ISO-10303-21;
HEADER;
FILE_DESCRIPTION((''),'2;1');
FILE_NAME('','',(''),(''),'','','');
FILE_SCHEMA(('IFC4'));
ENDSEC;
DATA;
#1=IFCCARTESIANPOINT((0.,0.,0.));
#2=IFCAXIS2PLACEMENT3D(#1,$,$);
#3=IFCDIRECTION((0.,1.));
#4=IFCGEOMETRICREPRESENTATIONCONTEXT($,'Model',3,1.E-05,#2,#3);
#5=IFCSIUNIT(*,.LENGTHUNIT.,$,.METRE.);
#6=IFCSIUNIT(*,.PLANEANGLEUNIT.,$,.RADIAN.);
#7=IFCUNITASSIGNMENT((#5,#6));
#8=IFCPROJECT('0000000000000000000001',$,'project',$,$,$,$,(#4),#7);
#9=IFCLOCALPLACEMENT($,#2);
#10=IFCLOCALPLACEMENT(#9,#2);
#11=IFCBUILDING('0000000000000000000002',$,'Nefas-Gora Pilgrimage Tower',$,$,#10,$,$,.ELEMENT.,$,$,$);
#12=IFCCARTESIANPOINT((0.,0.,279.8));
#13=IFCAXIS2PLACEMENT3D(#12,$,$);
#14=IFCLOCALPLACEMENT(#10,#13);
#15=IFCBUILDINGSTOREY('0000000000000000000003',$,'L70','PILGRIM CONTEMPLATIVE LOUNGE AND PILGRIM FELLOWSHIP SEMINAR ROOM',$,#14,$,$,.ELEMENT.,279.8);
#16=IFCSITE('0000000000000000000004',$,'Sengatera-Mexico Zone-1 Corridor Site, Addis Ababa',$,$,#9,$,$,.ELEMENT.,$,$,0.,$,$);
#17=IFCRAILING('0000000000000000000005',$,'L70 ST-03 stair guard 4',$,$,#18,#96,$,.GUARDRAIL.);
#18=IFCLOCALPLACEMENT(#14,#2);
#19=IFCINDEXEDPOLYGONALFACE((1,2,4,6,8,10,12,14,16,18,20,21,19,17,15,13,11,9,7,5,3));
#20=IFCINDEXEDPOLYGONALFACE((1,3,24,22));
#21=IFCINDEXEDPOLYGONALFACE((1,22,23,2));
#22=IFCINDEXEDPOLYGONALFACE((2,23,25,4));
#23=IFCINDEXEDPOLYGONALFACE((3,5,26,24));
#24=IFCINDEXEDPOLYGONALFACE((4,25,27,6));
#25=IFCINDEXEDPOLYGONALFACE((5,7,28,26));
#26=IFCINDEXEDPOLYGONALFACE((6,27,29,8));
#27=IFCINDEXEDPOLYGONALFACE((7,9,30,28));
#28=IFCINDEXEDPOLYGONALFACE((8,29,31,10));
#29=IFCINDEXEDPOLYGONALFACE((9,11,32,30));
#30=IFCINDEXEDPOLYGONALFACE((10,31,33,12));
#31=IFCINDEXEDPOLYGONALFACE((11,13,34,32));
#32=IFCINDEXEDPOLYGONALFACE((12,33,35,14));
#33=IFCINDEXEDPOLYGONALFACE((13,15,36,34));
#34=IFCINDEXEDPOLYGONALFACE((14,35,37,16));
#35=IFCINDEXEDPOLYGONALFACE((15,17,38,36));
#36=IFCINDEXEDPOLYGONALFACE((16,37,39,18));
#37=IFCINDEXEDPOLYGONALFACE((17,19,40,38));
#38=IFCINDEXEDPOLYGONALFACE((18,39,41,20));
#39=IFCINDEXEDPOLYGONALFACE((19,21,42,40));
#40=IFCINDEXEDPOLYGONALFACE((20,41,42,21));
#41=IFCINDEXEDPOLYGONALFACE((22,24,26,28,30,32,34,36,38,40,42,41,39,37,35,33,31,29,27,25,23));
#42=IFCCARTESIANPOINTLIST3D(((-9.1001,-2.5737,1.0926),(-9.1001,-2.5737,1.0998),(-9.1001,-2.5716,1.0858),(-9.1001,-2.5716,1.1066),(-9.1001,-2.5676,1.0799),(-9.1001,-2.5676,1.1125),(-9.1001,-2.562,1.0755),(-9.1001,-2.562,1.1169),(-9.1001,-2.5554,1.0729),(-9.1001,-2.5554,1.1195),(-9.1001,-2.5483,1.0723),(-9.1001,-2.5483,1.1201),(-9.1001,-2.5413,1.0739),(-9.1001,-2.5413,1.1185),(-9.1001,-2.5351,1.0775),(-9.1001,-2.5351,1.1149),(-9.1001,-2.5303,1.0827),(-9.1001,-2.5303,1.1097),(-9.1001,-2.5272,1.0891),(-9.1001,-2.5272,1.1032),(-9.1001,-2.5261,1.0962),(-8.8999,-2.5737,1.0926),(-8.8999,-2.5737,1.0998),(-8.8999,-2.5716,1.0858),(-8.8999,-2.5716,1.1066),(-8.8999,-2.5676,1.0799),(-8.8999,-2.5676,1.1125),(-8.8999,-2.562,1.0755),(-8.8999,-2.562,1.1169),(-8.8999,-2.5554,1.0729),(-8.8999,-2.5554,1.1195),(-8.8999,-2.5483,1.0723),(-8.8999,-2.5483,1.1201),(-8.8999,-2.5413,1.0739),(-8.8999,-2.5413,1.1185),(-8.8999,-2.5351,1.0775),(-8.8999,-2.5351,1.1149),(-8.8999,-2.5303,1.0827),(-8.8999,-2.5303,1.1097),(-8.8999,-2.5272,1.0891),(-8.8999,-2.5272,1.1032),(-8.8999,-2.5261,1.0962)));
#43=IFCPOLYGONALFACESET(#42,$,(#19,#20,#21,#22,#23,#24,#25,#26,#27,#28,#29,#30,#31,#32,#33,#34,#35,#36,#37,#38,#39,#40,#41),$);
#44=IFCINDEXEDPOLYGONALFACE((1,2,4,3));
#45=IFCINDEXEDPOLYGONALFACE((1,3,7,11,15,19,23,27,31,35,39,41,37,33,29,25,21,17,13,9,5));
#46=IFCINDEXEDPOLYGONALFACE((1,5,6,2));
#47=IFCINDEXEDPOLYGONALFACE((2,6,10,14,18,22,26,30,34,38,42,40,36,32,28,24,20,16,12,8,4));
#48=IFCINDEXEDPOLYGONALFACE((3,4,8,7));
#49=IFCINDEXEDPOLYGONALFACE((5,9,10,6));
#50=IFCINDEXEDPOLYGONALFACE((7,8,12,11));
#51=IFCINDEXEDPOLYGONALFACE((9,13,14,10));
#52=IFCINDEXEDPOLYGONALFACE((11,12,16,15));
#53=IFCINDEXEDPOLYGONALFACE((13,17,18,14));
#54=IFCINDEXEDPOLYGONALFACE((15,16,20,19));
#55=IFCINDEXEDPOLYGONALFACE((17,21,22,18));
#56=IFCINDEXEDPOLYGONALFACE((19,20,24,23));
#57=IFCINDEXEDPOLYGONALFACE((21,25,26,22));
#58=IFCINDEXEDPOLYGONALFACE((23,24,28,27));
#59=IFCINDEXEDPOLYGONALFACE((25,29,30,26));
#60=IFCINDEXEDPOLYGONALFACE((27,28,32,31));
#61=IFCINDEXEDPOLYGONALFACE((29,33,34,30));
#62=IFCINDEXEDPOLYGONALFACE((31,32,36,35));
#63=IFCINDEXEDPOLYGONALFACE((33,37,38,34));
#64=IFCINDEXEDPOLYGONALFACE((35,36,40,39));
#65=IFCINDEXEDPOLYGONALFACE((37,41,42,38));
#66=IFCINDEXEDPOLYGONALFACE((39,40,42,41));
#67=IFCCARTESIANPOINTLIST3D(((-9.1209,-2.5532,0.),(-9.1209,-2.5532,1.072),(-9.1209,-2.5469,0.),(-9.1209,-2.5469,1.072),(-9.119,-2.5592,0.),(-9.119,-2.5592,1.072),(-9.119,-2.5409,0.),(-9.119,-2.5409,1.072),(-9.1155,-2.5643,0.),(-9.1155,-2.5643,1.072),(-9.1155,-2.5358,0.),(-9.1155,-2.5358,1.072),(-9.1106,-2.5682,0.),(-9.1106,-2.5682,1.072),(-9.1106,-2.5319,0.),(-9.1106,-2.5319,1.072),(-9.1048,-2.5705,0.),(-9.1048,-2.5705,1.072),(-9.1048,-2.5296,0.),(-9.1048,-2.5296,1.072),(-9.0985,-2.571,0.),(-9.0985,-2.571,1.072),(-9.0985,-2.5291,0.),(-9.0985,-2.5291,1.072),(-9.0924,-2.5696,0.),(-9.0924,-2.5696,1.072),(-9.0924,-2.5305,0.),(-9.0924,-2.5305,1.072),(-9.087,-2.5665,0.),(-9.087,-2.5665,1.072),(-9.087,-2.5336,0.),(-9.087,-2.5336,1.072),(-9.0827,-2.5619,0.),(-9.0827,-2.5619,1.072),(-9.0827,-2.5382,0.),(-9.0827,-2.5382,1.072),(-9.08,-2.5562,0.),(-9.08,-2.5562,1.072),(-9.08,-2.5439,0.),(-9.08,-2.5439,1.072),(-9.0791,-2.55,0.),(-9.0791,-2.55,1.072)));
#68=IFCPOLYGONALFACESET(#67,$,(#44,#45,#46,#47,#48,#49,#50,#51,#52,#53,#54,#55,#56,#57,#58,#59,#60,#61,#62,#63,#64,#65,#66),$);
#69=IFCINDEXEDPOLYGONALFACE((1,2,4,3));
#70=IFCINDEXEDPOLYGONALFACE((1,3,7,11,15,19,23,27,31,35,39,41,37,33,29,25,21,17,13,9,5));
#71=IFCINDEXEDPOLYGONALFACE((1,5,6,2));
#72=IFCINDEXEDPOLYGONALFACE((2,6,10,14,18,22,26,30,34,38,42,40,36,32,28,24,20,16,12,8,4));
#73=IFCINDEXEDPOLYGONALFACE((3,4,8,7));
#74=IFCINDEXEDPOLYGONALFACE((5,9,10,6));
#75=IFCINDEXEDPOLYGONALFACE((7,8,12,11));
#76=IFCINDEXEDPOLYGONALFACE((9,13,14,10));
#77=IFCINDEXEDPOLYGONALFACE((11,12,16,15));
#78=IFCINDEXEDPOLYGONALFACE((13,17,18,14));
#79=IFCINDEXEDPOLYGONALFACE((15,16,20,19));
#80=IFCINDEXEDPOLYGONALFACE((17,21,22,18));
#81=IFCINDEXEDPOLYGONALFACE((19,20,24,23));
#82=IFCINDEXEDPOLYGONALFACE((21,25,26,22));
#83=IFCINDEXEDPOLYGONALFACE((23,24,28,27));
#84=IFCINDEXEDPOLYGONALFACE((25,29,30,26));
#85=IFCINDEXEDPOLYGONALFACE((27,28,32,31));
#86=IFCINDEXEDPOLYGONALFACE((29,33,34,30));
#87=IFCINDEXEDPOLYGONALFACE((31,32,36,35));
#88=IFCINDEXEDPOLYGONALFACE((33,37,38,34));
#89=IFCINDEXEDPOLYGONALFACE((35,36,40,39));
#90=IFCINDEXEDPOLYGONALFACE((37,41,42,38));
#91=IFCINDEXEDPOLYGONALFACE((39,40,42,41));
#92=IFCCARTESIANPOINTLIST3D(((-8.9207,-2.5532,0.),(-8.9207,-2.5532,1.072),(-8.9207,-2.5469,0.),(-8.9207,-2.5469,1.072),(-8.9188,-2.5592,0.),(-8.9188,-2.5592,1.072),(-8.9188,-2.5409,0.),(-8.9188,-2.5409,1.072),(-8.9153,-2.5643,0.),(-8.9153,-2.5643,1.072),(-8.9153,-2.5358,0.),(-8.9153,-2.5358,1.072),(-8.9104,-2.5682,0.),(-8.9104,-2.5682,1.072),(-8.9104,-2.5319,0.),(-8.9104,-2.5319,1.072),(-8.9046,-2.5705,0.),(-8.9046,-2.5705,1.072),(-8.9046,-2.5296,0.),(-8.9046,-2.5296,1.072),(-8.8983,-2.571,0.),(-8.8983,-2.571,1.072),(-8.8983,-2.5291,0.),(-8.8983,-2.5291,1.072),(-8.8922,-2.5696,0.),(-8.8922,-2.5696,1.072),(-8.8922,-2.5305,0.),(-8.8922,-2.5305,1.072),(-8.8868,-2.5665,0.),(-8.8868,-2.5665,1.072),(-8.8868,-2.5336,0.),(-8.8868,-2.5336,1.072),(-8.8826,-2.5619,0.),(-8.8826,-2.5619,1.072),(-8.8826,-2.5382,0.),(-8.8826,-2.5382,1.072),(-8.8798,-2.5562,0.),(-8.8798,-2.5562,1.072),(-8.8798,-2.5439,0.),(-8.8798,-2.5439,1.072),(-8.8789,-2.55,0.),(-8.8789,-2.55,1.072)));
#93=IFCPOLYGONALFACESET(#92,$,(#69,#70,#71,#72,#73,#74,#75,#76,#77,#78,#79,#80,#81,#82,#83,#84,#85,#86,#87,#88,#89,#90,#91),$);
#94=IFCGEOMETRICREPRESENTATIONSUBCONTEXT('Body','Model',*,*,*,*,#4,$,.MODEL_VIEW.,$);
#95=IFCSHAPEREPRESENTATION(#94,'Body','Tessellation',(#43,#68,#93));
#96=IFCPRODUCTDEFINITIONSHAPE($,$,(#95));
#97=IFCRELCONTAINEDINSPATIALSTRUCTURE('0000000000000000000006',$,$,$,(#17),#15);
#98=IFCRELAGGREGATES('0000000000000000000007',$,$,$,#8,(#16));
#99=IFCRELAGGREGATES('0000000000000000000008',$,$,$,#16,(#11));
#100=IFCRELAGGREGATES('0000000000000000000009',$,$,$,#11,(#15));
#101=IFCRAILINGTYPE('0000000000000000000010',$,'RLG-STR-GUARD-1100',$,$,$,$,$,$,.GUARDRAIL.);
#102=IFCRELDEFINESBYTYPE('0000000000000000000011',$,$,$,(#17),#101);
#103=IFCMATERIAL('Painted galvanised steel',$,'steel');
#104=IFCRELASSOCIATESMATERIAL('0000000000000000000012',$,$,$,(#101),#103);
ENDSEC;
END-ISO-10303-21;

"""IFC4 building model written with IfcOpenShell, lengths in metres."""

from ifc_helpers import new_model, si_unit, direction, frame, origin, origin_2d, place, context, subcontext, project, spatial, circle, extrude, material, type_object, element, save


model = new_model("IFC4")

# Units and contexts
model_context = context("Model", 3, precision=1e-05, world=origin(), true_north=direction((0.0, 1.0)))
body_context = subcontext(model_context, "Body", "Model", "MODEL_VIEW")
ifc_project = project(units=[si_unit("LENGTHUNIT", "METRE"), si_unit("PLANEANGLEUNIT", "RADIAN")], contexts=[model_context])

# Site, building, storey
site_placement = place(None, origin())
site = spatial("IfcSite", under=ifc_project, at=site_placement, Name="Sengatera-Mexico Zone-1 Corridor Site, Addis Ababa", CompositionType="ELEMENT", RefElevation=0.0)
building_placement = place(site_placement, origin())
building = spatial("IfcBuilding", under=site, at=building_placement, Name="Nefas-Gora Pilgrimage Tower", CompositionType="ELEMENT")
storey_placement = place(building_placement, frame((0.0, 0.0, 279.8)))
storey = spatial("IfcBuildingStorey", under=building, at=storey_placement, Name="L70", Description="PILGRIM CONTEMPLATIVE LOUNGE AND PILGRIM FELLOWSHIP SEMINAR ROOM", CompositionType="ELEMENT", Elevation=279.8)

# Railing
ifc_material_1 = material(Name="Painted galvanised steel", Category="steel")
railing_type_1 = type_object("IfcRailingType", Name="RLG-STR-GUARD-1100", PredefinedType="GUARDRAIL", material=ifc_material_1)
railing_1_placement = place(storey_placement, frame((-9.1001, -2.55, 0.0)))
element("IfcRailing", 1, at=railing_1_placement, inside=storey, type_object=railing_type_1, Name="L70 ST-03 stair guard 4", PredefinedType="GUARDRAIL", context=body_context, shape_type="SweptSolid", body=[
    extrude(circle(Radius=0.0239, at=origin_2d()), frame((0.0, 0.0, 1.0962), z_axis=(1.0, 0.0, 0.0), x_axis=(0.0, 1.0, 0.0)), (0.0, 0.0, 1.0), 0.2002),
    extrude(circle(Radius=0.021, at=origin_2d()), origin(), (0.0, 0.0, 1.0), 1.072),
    extrude(circle(Radius=0.021, at=origin_2d()), frame((0.2002, 0.0, 0.0)), (0.0, 0.0, 1.0), 1.072),
])

save(model, "model.ifc")
